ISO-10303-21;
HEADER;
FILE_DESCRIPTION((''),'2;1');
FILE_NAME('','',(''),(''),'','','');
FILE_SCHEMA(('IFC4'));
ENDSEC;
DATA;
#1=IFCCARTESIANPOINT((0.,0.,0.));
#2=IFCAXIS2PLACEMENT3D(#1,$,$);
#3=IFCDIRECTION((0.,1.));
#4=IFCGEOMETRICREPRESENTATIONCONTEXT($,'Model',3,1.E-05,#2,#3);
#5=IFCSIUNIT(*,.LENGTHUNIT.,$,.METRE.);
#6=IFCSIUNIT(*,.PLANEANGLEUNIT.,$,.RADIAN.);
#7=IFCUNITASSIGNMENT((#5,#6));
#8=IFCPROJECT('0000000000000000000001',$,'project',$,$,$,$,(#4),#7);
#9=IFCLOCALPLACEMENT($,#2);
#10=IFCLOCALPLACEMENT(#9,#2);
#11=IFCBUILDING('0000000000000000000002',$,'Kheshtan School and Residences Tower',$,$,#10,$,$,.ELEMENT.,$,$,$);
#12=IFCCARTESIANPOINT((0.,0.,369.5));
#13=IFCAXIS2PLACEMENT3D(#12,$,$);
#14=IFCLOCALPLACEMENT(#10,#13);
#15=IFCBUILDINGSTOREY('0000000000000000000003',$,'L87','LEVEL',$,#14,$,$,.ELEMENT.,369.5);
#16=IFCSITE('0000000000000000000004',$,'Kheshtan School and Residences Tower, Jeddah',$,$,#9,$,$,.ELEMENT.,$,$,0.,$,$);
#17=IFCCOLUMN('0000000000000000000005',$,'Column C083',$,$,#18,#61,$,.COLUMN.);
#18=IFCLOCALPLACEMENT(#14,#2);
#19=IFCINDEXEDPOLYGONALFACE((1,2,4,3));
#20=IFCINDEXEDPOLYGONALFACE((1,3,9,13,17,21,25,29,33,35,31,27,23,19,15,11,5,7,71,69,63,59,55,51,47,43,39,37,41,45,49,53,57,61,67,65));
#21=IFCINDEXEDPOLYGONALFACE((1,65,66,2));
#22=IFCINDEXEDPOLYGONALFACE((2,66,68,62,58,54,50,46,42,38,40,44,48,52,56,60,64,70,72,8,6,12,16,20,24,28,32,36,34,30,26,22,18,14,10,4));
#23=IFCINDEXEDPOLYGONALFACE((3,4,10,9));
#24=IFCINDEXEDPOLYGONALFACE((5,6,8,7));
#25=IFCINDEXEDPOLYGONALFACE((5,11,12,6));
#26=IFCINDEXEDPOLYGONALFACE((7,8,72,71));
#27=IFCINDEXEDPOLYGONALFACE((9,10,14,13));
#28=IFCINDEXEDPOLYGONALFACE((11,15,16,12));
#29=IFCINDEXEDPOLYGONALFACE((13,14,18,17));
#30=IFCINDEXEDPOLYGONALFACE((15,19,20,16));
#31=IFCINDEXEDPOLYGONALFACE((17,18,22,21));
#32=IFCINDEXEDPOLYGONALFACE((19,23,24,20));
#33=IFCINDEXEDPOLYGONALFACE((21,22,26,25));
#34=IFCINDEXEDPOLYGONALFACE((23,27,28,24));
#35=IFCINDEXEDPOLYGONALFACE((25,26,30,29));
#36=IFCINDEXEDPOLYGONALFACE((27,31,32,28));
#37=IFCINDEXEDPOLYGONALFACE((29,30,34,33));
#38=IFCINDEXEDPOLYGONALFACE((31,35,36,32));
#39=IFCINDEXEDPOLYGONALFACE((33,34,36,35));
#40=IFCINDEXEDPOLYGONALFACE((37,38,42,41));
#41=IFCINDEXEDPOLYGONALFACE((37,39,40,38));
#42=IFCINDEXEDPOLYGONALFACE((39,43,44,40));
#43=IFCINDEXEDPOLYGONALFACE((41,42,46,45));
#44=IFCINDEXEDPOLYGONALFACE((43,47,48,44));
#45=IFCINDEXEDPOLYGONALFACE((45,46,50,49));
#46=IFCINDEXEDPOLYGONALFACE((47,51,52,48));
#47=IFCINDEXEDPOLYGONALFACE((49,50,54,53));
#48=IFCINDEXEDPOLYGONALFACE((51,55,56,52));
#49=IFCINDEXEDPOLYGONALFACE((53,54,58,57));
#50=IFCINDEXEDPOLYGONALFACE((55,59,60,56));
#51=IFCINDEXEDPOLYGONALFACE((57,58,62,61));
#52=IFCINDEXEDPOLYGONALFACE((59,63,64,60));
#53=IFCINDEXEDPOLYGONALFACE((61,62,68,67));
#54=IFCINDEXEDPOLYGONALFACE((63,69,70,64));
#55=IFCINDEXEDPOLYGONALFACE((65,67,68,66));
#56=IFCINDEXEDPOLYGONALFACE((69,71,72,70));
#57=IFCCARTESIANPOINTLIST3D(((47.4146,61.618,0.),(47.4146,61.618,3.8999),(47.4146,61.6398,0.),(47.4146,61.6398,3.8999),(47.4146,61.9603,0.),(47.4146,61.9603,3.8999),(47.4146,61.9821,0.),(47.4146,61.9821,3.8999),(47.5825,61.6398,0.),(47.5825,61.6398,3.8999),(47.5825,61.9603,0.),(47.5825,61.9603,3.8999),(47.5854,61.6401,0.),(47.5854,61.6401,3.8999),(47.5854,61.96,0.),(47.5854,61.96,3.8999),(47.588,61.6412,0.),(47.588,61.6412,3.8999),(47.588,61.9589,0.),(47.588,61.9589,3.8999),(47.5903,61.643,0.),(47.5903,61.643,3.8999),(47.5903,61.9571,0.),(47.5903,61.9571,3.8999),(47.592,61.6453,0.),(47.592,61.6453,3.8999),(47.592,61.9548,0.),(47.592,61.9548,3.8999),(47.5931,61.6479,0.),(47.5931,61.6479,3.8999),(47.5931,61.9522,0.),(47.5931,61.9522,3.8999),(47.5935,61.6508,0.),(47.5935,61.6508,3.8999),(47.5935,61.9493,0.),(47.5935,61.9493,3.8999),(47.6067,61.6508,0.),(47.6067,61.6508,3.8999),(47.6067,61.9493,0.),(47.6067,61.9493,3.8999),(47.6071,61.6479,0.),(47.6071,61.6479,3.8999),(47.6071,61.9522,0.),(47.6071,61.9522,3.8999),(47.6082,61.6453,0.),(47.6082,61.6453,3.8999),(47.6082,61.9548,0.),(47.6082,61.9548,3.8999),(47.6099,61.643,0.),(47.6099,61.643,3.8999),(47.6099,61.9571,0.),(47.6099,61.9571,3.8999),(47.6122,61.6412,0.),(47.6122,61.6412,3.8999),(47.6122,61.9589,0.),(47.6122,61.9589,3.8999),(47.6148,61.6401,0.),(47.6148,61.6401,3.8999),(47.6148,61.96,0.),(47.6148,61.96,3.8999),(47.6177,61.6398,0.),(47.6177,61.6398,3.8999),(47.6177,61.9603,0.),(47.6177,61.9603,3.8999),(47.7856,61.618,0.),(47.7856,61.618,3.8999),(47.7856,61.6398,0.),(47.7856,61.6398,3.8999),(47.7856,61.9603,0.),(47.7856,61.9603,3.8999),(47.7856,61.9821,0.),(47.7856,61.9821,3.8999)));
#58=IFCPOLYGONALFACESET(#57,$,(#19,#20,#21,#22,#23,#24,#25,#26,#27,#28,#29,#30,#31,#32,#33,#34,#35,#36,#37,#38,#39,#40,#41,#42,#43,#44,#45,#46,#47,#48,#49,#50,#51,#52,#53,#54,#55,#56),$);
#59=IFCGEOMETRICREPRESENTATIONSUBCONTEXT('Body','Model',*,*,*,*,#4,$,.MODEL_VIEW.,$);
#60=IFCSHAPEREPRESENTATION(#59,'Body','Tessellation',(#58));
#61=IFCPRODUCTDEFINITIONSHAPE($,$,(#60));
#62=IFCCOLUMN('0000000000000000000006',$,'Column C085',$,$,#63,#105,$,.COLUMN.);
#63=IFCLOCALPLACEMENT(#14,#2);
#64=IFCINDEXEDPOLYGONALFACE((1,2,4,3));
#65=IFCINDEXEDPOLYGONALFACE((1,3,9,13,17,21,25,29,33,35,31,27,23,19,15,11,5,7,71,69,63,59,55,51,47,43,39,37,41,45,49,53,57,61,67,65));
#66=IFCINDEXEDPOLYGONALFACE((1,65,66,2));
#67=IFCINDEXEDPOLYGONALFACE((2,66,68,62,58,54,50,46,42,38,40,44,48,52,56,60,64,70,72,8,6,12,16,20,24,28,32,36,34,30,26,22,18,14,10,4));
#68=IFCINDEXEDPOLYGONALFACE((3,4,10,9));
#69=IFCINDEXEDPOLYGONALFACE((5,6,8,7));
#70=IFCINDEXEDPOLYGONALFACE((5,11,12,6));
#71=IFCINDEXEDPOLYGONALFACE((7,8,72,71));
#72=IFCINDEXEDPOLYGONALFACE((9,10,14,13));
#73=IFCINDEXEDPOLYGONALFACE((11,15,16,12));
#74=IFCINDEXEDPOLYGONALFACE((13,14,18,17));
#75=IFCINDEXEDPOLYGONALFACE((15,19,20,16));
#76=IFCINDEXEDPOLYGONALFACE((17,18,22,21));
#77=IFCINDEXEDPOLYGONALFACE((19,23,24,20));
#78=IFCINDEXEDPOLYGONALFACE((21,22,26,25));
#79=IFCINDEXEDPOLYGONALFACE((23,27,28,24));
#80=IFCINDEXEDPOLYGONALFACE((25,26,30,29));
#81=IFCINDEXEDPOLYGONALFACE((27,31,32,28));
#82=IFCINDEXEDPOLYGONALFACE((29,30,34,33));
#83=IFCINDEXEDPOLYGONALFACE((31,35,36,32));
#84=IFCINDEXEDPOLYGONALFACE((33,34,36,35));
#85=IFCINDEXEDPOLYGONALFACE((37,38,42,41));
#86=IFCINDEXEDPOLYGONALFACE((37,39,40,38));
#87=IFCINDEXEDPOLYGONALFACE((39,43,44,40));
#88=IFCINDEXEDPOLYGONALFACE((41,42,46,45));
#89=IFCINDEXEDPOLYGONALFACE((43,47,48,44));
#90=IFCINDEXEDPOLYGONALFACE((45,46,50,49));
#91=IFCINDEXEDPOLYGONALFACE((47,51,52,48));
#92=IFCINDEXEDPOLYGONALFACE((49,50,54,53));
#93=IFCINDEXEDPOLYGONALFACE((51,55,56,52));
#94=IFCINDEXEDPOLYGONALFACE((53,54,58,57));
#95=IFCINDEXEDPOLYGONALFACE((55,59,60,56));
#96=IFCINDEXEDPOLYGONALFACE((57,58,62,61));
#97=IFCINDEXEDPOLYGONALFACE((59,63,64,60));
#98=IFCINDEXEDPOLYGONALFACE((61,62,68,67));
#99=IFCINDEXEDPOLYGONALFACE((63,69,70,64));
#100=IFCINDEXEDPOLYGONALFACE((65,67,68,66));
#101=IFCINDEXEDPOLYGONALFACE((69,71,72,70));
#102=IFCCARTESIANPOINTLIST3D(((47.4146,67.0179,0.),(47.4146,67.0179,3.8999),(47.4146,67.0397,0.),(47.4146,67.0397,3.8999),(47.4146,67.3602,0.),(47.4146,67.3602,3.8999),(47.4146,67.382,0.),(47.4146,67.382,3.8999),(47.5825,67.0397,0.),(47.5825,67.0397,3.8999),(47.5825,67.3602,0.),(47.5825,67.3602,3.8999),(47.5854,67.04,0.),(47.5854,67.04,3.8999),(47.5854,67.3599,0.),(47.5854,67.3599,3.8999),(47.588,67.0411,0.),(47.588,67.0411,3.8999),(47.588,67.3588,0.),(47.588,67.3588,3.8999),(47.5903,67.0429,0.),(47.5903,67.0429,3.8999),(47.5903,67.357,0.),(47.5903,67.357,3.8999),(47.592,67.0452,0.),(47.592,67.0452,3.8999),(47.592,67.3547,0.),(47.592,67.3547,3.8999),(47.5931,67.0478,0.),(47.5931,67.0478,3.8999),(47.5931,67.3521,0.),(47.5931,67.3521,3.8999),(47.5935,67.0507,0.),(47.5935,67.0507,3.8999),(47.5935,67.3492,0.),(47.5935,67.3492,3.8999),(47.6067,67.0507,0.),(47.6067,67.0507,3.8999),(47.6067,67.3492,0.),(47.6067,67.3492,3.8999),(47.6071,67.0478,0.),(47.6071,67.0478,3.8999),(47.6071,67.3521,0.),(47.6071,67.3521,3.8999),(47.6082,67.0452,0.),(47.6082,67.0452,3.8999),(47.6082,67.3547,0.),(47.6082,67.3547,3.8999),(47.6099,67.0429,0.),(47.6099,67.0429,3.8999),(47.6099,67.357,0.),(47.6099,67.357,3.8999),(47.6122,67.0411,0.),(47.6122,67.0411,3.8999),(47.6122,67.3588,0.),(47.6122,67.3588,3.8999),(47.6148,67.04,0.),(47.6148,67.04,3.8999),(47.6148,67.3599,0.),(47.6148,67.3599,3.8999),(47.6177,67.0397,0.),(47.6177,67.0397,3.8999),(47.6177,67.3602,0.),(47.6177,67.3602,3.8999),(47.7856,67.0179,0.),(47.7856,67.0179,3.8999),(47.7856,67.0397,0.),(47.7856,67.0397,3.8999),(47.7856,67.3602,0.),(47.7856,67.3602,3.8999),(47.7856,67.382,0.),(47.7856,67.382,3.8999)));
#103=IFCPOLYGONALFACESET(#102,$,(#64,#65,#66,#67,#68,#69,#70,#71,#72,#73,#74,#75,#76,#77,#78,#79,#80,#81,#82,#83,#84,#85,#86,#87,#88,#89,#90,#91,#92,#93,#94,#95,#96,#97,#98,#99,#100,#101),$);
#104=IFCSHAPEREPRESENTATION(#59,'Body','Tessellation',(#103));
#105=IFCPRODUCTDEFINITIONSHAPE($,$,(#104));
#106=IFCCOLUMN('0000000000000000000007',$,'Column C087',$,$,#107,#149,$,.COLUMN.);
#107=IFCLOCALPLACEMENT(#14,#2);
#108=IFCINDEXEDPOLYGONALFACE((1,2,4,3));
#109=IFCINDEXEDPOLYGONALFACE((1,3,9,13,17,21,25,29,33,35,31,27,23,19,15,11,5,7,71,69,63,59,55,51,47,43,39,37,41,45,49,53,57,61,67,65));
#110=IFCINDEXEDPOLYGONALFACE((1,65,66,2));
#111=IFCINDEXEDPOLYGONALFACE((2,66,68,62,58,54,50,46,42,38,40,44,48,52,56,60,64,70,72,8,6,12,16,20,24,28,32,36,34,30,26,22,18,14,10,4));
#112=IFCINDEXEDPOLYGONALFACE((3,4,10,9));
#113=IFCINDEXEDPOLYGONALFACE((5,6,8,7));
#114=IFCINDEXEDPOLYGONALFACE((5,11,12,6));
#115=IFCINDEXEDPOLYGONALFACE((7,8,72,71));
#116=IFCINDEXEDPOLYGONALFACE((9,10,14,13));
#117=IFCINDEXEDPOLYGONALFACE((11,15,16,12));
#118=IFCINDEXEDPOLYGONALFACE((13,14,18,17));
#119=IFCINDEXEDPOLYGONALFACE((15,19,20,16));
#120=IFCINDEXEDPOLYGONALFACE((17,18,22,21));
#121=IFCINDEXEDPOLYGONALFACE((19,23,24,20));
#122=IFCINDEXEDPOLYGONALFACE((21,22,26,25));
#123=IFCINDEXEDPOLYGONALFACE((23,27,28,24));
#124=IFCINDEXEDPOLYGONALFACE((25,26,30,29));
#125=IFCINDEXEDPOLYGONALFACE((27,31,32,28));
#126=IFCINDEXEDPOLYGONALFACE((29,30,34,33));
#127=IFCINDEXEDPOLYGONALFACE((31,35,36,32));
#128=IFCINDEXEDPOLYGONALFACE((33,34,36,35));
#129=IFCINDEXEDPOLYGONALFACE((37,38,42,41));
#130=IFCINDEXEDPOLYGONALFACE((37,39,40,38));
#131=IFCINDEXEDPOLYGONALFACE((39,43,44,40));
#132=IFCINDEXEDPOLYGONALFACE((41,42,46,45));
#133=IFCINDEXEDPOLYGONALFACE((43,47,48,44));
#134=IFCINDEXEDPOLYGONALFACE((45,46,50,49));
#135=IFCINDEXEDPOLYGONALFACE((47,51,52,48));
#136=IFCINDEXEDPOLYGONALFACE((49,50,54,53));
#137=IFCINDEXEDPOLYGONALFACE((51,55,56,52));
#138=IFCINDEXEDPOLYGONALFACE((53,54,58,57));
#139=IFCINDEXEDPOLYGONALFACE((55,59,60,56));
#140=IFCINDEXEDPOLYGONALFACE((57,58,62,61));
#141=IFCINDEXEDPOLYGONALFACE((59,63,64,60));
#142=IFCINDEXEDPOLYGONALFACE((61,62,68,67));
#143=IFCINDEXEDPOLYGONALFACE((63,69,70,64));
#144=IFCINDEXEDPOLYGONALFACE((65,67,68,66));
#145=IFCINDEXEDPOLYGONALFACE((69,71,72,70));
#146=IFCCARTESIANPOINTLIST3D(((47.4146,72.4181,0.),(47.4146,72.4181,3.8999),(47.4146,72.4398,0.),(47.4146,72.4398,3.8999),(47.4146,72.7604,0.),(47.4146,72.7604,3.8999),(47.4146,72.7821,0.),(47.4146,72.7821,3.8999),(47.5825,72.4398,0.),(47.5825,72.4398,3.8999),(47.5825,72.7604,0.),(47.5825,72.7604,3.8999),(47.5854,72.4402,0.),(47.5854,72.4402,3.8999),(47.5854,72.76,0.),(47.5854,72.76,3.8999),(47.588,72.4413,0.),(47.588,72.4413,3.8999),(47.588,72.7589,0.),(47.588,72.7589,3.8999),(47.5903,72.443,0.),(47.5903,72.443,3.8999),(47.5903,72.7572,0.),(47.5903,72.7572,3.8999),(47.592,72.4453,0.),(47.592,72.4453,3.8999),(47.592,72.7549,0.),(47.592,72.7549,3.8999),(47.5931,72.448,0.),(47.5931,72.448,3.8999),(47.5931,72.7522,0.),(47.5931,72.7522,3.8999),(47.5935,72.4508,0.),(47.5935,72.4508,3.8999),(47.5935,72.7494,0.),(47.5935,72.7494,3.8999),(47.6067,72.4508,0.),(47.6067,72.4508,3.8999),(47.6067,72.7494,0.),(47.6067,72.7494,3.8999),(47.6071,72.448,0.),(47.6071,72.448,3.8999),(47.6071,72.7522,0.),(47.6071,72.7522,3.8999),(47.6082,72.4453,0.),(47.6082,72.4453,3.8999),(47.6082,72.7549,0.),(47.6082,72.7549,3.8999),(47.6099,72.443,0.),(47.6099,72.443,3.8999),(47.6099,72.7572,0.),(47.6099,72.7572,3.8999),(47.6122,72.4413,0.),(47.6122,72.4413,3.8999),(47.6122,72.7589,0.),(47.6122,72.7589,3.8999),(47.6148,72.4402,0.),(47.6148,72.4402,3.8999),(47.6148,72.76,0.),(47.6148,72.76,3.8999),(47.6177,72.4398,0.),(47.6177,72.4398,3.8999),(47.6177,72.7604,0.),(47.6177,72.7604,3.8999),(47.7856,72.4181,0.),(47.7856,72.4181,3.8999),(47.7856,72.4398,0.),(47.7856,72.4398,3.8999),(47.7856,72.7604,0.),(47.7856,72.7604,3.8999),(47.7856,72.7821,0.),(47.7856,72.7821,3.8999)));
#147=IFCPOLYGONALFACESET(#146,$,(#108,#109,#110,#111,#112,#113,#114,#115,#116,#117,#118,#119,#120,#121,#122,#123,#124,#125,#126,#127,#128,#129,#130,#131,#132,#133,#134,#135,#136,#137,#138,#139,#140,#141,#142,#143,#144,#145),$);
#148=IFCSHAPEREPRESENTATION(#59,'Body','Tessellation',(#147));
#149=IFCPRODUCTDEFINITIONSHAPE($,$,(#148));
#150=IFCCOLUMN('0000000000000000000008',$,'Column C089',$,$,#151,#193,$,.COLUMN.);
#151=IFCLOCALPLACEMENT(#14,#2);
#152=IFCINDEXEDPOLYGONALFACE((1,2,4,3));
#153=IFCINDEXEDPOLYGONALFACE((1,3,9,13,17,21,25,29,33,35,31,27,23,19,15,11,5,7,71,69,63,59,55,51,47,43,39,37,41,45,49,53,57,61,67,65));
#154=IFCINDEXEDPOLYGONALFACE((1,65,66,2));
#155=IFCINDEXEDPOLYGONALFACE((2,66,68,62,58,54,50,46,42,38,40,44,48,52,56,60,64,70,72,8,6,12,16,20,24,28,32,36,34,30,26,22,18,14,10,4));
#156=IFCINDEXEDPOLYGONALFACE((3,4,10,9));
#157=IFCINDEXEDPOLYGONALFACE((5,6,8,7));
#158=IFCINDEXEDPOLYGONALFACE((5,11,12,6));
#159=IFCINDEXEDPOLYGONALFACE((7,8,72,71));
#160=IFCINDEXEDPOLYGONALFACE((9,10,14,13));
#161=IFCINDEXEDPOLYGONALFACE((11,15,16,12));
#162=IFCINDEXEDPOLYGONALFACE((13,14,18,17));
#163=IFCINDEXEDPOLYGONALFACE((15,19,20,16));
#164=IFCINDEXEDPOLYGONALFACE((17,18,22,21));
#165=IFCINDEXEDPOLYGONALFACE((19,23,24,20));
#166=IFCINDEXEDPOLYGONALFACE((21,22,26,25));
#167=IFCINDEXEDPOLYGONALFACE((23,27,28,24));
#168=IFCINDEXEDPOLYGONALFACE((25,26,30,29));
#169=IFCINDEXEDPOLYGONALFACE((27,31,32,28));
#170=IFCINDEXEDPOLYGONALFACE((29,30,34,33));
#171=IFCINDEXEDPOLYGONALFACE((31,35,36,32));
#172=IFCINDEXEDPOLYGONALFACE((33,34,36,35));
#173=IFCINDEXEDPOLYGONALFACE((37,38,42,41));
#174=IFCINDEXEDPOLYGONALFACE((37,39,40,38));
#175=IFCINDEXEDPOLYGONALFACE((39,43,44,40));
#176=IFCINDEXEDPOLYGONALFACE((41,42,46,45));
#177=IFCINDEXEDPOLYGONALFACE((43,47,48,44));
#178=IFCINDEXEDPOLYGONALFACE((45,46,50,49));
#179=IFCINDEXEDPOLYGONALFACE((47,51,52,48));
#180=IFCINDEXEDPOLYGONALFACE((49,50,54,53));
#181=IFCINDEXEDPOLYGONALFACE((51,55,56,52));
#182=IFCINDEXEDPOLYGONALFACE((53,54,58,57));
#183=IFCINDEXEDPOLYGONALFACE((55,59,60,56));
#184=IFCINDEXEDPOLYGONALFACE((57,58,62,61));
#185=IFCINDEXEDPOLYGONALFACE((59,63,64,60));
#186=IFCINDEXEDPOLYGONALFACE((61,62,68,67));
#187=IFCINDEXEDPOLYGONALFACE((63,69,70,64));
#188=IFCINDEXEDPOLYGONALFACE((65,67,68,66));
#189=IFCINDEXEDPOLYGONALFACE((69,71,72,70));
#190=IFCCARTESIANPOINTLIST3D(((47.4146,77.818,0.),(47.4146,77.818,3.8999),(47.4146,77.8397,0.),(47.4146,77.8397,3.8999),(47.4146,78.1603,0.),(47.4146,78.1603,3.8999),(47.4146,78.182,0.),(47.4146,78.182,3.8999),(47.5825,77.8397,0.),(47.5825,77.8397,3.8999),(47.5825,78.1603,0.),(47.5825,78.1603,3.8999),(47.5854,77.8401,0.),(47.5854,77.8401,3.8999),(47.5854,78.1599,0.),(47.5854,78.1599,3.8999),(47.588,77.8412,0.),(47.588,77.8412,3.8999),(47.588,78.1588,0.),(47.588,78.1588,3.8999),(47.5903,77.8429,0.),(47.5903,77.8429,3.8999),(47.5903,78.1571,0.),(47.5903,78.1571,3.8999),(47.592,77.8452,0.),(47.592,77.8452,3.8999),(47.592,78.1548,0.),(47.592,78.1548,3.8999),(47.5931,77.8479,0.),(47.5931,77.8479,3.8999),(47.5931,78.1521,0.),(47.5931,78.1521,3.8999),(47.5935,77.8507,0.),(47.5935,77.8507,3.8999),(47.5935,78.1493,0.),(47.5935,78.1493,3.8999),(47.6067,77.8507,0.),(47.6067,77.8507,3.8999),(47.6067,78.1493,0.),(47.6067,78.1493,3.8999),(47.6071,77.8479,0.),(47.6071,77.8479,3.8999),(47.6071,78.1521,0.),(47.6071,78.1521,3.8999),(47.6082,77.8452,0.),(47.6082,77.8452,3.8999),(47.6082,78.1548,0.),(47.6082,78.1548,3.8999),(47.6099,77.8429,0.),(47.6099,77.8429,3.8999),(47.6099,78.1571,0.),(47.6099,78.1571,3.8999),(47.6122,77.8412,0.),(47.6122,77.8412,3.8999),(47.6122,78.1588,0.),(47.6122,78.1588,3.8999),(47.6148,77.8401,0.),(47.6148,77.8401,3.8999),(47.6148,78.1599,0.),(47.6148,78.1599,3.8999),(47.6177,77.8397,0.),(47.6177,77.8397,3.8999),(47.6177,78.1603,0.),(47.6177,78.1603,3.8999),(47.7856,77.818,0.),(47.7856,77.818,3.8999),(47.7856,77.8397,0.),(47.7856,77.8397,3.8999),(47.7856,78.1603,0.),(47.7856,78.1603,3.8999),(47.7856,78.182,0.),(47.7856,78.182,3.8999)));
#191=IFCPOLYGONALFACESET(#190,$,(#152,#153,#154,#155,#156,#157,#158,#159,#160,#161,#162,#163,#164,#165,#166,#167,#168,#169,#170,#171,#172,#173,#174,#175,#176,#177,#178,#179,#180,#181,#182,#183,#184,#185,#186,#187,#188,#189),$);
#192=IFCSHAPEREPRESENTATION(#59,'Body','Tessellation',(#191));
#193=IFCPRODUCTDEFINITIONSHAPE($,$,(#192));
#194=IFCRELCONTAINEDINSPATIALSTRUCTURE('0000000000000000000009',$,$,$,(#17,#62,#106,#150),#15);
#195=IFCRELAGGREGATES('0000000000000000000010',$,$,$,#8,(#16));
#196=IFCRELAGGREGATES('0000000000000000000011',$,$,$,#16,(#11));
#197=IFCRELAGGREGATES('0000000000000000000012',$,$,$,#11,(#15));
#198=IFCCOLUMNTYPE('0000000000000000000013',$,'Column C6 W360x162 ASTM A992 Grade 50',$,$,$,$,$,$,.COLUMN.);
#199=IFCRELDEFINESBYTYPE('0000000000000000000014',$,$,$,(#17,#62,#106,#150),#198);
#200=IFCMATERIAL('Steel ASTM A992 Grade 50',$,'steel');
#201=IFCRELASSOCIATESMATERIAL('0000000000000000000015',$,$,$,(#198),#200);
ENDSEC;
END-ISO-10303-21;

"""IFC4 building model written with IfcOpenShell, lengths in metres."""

from ifc_helpers import new_model, si_unit, direction, frame, origin, origin_2d, place, context, subcontext, project, spatial, i_section, extrude, material, material_profile, profile_set, type_object, element, save


model = new_model("IFC4")

# Units and contexts
model_context = context("Model", 3, precision=1e-05, world=origin(), true_north=direction((0.0, 1.0)))
body_context = subcontext(model_context, "Body", "Model", "MODEL_VIEW")
ifc_project = project(units=[si_unit("LENGTHUNIT", "METRE"), si_unit("PLANEANGLEUNIT", "RADIAN")], contexts=[model_context])

# Site, building, storey
site_placement = place(None, origin())
site = spatial("IfcSite", under=ifc_project, at=site_placement, Name="Kheshtan School and Residences Tower, Jeddah", CompositionType="ELEMENT", RefElevation=0.0)
building_placement = place(site_placement, origin())
building = spatial("IfcBuilding", under=site, at=building_placement, Name="Kheshtan School and Residences Tower", CompositionType="ELEMENT")
storey_placement = place(building_placement, frame((0.0, 0.0, 369.5)))
storey = spatial("IfcBuildingStorey", under=building, at=storey_placement, Name="L87", Description="LEVEL", CompositionType="ELEMENT", Elevation=369.5)

# Columns
ifc_material_1 = material(Name="Steel ASTM A992 Grade 50", Category="steel")
ifc_material_profile_1 = material_profile(ifc_material_1, i_section(OverallWidth=0.3711, OverallDepth=0.364, WebThickness=0.0132, FlangeThickness=0.0217, FilletRadius=0.011, at=origin_2d()), Name="W360x162")
ifc_profile_set_1 = profile_set([ifc_material_profile_1], Name="Steel ASTM A992 Grade 50")
column_type = type_object("IfcColumnType", Name="Column C6 W360x162 ASTM A992 Grade 50", PredefinedType="COLUMN", material=ifc_profile_set_1)
for number, where, z_axis, x_axis, name in (
    (1, (47.6001, 61.8, 0.0), (0.0, 0.0, 1.0), (1.0, 0.0, 0.0), "Column C083"),
    (2, (47.6001, 67.2, 0.0), (0.0, 0.0, 1.0), (1.0, 0.0, 0.0), "Column C085"),
    (3, (47.6001, 72.6001, 0.0), (0.0, 0.0, 1.0), (1.0, 0.0, 0.0), "Column C087"),
    (4, (47.6001, 78.0, 0.0), (0.0, 0.0, 1.0), (1.0, 0.0, 0.0), "Column C089"),
):
    element("IfcColumn", number, at=place(storey_placement, frame(where, z_axis=z_axis, x_axis=x_axis)), inside=storey, type_object=column_type, Name=name, PredefinedType="COLUMN", context=body_context, shape_type="SweptSolid", body=[
        extrude(i_section(OverallWidth=0.3711, OverallDepth=0.364, WebThickness=0.0132, FlangeThickness=0.0217, FilletRadius=0.011, at=origin_2d()), origin(), (0.0, 0.0, 1.0), 3.8999),
    ])

save(model, "model.ifc")
